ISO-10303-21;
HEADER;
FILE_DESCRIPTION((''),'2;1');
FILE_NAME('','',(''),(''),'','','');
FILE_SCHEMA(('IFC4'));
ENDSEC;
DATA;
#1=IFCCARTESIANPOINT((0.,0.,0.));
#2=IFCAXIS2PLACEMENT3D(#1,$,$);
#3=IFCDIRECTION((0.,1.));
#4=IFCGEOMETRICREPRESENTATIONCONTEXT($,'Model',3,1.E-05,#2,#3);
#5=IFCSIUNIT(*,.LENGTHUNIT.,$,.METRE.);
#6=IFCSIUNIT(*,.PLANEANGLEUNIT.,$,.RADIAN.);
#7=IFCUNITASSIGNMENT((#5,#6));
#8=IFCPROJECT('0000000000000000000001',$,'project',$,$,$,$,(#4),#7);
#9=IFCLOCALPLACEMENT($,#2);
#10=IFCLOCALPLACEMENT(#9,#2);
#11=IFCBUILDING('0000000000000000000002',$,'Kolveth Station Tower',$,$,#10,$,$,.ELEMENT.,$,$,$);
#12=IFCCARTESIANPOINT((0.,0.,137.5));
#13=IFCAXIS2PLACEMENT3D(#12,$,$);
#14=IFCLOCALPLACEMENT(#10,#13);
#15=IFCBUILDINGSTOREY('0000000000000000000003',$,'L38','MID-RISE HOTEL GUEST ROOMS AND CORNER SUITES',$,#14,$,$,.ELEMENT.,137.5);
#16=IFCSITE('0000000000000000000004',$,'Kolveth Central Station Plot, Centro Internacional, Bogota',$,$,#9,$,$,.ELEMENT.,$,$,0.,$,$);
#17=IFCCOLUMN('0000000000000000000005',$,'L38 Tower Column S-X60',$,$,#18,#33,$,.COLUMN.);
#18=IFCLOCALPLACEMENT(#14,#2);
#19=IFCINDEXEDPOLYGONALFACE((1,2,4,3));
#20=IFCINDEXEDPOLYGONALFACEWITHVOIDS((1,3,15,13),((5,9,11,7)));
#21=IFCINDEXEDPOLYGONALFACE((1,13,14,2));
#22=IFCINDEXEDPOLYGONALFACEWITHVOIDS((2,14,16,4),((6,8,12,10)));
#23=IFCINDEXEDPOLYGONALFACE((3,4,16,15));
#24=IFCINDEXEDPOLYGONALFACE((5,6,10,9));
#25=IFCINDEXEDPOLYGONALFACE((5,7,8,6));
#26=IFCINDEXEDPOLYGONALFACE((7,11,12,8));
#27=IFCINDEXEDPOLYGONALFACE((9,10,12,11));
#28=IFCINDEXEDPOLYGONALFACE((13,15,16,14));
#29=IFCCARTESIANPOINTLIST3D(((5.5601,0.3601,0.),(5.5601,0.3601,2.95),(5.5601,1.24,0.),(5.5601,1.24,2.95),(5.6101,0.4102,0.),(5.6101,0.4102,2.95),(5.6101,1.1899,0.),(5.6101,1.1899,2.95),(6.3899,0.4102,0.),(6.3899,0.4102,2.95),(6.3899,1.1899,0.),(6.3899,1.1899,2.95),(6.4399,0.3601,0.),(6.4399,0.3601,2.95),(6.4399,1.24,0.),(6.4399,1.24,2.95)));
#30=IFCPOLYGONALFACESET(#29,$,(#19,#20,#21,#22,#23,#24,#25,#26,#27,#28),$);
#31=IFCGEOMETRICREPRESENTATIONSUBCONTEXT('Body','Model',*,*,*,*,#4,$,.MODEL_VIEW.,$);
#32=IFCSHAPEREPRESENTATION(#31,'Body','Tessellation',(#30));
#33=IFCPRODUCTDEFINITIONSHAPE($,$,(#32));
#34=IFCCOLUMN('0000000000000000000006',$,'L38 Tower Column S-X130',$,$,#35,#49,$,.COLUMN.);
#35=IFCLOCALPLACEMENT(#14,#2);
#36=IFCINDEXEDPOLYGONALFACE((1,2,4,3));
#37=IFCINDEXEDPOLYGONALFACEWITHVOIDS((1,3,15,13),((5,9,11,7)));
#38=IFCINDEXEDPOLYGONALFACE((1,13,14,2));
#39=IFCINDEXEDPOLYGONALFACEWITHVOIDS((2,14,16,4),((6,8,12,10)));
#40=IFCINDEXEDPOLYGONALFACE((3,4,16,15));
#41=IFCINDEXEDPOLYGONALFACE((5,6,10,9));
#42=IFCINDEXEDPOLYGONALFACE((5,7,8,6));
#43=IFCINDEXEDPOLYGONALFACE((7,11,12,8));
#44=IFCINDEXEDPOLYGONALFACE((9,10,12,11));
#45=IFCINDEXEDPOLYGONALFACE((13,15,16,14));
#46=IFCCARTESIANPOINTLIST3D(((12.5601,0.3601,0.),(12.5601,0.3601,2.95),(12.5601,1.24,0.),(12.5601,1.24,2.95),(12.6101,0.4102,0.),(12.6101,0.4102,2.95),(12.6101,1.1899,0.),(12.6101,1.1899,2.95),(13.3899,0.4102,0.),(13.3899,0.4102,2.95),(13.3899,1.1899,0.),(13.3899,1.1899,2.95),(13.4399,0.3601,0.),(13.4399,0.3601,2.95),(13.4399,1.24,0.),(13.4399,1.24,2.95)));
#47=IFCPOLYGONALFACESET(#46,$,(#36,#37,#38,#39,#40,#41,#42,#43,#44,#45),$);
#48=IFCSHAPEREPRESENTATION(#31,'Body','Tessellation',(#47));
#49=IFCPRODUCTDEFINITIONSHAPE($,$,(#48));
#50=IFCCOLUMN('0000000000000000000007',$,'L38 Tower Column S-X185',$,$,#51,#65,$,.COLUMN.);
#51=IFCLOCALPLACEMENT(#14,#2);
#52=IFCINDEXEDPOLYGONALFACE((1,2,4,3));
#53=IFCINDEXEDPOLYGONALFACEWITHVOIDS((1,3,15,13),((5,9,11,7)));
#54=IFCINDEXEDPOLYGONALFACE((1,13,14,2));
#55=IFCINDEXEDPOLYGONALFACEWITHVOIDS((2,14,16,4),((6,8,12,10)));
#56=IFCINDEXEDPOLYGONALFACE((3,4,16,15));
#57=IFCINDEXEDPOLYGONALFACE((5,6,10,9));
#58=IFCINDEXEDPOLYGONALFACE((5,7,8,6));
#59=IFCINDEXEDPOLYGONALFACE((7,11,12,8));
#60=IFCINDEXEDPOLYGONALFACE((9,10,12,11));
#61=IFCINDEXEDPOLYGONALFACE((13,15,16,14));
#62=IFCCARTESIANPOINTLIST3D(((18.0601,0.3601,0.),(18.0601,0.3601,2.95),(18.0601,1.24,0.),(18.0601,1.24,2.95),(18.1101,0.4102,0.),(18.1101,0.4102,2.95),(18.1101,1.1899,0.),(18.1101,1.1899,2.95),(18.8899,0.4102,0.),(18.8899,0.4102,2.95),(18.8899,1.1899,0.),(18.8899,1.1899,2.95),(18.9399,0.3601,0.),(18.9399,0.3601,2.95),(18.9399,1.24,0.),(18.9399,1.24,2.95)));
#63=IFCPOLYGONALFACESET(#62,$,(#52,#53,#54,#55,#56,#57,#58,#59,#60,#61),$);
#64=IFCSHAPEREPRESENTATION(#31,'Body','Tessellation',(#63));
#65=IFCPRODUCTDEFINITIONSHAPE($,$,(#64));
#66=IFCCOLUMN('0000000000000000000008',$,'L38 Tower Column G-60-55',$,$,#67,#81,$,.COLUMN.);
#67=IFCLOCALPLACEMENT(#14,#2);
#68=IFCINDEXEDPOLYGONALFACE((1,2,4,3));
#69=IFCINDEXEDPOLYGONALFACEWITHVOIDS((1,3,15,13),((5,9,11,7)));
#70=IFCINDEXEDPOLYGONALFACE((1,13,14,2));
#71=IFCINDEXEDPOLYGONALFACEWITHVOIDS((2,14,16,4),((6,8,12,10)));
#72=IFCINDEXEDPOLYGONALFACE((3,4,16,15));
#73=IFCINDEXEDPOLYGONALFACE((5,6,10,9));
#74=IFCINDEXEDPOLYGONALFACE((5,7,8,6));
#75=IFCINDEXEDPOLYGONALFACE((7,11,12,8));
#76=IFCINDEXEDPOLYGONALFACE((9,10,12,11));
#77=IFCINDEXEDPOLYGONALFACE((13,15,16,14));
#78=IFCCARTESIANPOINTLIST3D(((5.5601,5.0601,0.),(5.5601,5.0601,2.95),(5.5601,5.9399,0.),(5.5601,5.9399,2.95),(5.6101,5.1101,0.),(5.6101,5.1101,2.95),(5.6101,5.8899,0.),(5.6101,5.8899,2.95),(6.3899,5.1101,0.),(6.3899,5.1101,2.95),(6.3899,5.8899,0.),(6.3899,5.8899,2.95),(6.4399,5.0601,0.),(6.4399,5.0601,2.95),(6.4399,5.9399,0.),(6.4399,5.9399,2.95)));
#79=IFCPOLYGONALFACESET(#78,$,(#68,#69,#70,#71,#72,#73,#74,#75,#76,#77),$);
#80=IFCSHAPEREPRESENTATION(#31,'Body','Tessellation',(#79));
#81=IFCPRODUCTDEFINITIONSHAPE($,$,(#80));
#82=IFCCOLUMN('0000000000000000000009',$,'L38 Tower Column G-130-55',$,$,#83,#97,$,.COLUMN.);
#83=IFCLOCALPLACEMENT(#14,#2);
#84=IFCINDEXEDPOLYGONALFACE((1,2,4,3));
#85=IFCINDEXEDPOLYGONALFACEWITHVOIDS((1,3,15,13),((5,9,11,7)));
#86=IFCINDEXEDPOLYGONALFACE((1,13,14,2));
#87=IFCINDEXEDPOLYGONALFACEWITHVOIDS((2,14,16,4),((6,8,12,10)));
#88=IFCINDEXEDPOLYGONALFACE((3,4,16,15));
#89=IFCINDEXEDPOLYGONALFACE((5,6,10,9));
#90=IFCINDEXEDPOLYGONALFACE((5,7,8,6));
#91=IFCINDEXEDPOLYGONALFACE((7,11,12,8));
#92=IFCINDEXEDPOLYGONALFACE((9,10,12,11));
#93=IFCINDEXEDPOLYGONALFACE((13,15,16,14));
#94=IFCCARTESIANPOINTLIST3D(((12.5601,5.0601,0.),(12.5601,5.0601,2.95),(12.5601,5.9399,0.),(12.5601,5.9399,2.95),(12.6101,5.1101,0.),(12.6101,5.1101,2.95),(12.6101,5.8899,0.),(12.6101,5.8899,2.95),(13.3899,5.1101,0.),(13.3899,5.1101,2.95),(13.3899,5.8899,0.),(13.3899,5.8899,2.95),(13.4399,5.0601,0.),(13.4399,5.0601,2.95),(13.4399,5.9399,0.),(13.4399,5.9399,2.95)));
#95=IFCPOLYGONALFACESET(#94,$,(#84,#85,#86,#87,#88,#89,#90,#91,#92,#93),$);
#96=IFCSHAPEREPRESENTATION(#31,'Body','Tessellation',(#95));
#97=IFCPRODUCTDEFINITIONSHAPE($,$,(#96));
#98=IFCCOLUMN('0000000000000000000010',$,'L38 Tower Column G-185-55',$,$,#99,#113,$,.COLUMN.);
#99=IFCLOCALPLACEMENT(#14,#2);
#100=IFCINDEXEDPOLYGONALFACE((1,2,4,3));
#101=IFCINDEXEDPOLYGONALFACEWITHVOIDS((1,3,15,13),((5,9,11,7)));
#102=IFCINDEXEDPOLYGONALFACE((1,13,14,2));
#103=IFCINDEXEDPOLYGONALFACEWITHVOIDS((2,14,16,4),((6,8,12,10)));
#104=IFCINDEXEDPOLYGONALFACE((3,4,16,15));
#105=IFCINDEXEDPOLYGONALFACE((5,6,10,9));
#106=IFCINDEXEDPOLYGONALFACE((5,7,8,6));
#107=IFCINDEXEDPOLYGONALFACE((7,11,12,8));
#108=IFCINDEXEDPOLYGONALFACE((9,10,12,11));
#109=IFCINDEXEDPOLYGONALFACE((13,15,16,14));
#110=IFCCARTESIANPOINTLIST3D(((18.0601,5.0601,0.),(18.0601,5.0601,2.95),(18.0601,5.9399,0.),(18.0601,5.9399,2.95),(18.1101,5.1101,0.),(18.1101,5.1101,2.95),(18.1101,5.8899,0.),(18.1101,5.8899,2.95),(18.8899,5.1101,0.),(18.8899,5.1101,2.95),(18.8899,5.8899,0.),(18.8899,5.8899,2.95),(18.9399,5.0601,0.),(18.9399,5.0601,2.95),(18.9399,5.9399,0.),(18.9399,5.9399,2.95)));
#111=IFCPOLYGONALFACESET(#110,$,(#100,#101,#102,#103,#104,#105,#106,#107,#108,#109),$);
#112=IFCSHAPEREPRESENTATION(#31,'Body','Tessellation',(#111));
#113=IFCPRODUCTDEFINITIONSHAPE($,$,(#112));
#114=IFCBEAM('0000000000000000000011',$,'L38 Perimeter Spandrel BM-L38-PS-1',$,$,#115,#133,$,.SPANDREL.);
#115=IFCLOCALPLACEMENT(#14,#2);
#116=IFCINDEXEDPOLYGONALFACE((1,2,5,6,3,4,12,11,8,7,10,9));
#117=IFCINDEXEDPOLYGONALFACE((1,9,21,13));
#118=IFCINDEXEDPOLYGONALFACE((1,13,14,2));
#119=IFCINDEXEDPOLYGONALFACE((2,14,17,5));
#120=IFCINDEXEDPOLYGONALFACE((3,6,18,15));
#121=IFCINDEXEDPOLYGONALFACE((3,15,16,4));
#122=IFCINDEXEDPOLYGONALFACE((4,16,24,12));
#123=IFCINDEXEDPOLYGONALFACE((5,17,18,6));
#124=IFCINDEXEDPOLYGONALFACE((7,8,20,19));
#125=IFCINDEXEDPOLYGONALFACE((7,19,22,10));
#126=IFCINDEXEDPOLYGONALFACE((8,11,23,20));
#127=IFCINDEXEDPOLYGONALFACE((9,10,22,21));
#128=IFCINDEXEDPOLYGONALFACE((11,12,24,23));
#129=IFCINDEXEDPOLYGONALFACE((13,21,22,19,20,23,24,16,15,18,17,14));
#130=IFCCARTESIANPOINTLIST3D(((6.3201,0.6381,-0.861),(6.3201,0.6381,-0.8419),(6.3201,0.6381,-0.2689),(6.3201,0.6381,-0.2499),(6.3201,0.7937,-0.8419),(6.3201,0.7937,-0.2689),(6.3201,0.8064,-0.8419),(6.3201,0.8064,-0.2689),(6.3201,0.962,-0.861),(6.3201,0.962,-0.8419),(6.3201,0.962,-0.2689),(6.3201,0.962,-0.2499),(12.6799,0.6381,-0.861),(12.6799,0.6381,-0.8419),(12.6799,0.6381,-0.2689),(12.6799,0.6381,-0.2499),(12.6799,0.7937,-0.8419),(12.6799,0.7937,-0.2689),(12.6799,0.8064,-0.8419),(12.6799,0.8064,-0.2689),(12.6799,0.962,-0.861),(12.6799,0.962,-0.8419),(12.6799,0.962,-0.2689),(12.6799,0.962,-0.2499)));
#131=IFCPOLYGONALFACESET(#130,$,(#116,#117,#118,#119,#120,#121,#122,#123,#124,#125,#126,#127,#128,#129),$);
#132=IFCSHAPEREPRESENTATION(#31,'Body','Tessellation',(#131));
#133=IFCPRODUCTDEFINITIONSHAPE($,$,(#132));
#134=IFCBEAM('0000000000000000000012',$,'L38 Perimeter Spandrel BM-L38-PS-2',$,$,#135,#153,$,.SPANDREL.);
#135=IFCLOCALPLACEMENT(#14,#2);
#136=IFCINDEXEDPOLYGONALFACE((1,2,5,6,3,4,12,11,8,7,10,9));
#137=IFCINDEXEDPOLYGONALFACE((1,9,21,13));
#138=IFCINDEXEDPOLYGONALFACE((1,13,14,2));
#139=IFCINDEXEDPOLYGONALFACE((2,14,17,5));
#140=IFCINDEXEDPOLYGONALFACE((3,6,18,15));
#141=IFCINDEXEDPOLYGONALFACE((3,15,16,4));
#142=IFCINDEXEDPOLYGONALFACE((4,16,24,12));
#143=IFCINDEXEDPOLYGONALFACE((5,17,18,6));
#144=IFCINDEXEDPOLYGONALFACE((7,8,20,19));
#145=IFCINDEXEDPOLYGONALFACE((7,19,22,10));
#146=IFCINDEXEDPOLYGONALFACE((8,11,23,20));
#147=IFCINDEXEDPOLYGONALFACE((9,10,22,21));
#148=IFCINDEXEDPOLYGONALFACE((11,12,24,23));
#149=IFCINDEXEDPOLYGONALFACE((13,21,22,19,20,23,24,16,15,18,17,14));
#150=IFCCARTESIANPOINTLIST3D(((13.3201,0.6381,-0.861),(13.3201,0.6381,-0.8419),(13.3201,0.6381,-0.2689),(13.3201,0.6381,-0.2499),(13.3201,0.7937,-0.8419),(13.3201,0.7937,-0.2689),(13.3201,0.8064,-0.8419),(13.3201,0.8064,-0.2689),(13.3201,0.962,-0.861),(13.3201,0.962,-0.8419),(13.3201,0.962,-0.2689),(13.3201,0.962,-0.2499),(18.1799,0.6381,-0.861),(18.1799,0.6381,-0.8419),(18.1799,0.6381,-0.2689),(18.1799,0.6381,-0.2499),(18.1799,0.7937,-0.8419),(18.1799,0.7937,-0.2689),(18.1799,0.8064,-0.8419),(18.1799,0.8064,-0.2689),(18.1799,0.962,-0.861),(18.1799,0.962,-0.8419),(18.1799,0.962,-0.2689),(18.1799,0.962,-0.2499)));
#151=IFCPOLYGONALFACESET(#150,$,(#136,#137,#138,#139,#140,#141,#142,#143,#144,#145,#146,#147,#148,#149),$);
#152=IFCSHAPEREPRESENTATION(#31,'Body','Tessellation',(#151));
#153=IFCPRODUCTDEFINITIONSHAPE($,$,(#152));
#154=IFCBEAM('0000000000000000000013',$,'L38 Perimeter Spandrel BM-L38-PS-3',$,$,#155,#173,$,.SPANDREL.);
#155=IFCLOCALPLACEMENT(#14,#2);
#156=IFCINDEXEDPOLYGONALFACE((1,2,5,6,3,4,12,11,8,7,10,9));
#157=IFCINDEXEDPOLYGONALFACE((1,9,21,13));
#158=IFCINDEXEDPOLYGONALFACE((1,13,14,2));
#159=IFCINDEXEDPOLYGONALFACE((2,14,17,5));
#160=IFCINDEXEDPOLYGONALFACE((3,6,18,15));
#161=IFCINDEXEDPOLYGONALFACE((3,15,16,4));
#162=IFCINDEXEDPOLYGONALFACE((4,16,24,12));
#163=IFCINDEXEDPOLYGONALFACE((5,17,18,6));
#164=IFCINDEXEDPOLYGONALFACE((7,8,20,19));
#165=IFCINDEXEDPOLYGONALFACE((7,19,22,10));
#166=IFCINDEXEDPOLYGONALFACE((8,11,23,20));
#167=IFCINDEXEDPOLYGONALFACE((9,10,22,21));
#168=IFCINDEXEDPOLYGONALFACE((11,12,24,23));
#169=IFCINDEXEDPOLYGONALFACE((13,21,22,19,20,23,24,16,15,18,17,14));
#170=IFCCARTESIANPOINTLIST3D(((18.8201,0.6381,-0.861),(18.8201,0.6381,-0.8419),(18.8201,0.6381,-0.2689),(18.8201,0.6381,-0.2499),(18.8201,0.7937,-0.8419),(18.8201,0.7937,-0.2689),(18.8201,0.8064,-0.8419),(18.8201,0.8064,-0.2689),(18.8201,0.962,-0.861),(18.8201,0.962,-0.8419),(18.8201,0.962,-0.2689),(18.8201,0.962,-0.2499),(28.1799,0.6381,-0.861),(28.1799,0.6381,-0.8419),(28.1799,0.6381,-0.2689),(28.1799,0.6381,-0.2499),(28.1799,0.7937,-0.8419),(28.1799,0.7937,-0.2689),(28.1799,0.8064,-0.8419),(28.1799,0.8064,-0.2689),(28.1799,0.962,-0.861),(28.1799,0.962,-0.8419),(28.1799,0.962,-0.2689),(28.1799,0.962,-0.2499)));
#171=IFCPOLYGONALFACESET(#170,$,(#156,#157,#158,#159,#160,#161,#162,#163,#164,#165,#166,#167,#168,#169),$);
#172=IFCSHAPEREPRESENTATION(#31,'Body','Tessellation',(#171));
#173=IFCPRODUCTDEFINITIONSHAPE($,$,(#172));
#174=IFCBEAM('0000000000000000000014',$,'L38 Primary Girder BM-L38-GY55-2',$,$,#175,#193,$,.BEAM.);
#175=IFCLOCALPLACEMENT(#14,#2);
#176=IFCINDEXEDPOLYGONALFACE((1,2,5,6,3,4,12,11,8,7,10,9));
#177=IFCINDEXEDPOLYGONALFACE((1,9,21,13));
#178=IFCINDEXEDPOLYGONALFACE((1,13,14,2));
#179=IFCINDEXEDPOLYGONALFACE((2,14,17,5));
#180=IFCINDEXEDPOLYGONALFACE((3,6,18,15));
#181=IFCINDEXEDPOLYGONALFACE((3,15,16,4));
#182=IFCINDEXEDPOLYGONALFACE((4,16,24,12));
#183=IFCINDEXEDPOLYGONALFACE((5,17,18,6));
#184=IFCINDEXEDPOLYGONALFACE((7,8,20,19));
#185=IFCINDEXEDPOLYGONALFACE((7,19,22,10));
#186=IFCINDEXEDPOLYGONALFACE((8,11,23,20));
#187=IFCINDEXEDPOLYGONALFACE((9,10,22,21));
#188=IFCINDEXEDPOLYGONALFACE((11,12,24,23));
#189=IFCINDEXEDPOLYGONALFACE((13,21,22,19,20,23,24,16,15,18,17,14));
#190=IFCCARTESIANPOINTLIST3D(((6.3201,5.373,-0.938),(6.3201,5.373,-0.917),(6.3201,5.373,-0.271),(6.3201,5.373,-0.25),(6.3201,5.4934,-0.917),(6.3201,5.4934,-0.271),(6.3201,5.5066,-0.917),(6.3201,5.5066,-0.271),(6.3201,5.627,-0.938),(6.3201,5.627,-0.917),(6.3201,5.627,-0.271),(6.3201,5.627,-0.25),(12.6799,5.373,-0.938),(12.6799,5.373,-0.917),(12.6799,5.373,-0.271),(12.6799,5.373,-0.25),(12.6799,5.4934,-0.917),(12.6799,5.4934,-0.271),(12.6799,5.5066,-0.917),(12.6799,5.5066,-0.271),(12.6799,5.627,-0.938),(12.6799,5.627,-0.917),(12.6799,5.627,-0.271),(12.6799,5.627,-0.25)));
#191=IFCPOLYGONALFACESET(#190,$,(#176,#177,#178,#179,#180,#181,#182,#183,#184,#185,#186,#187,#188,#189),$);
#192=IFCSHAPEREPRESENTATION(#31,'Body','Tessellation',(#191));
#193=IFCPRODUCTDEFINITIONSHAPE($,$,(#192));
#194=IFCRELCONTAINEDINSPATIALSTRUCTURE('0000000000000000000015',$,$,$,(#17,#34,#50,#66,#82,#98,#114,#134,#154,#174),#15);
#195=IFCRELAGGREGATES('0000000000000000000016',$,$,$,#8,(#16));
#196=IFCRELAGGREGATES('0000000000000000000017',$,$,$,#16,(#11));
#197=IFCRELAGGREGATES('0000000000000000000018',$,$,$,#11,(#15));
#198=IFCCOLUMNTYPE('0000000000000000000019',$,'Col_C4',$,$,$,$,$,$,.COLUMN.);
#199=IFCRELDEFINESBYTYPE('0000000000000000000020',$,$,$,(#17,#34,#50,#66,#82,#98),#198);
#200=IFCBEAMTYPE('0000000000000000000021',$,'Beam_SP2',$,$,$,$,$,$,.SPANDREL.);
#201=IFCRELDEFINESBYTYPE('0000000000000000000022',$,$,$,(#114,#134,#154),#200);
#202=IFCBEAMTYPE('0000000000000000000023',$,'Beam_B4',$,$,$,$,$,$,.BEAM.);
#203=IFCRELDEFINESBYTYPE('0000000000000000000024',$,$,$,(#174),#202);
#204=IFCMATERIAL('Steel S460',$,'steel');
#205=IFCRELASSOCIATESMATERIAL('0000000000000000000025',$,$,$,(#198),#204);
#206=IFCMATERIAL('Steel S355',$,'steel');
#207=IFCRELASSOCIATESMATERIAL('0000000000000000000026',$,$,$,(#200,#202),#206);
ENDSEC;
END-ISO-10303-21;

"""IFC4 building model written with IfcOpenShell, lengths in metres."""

from ifc_helpers import new_model, si_unit, direction, frame, origin, origin_2d, place, context, subcontext, project, spatial, hollow_rectangle, i_section, extrude, source, transform, mapped, material, material_profile, profile_set, type_object, element, save


model = new_model("IFC4")

# Units and contexts
model_context = context("Model", 3, precision=1e-05, world=origin(), true_north=direction((0.0, 1.0)))
body_context = subcontext(model_context, "Body", "Model", "MODEL_VIEW")
ifc_project = project(units=[si_unit("LENGTHUNIT", "METRE"), si_unit("PLANEANGLEUNIT", "RADIAN")], contexts=[model_context])

# Site, building, storey
site_placement = place(None, origin())
site = spatial("IfcSite", under=ifc_project, at=site_placement, Name="Kolveth Central Station Plot, Centro Internacional, Bogota", CompositionType="ELEMENT", RefElevation=0.0)
building_placement = place(site_placement, origin())
building = spatial("IfcBuilding", under=site, at=building_placement, Name="Kolveth Station Tower", CompositionType="ELEMENT")
storey_placement = place(building_placement, frame((0.0, 0.0, 137.5)))
storey = spatial("IfcBuildingStorey", under=building, at=storey_placement, Name="L38", Description="MID-RISE HOTEL GUEST ROOMS AND CORNER SUITES", CompositionType="ELEMENT", Elevation=137.5)

# Columns
ifc_material_1 = material(Name="Steel S460", Category="steel")
ifc_material_profile_1 = material_profile(ifc_material_1, hollow_rectangle(XDim=0.8799, YDim=0.8799, WallThickness=0.05, at=origin_2d()), Name="BOX880x880x50")
ifc_profile_set_1 = profile_set([ifc_material_profile_1], Name="Steel S460")
column_type = type_object("IfcColumnType", Name="Col_C4", PredefinedType="COLUMN", material=ifc_profile_set_1)
shared_shape_1 = source(origin(), body_context, "Body", "SweptSolid", [
    extrude(hollow_rectangle(XDim=0.8799, YDim=0.8799, WallThickness=0.05, at=origin_2d()), origin(), (0.0, 0.0, 1.0), 2.95),
])
for number, where, z_axis, x_axis, name in (
    (1, (6.0, 0.8, 0.0), (0.0, 0.0, 1.0), (1.0, 0.0, 0.0), "L38 Tower Column S-X60"),
    (2, (13.0, 0.8, 0.0), (0.0, 0.0, 1.0), (1.0, 0.0, 0.0), "L38 Tower Column S-X130"),
    (3, (18.5, 0.8, 0.0), (0.0, 0.0, 1.0), (1.0, 0.0, 0.0), "L38 Tower Column S-X185"),
    (4, (6.0, 5.5, 0.0), (0.0, 0.0, 1.0), (1.0, 0.0, 0.0), "L38 Tower Column G-60-55"),
    (5, (13.0, 5.5, 0.0), (0.0, 0.0, 1.0), (1.0, 0.0, 0.0), "L38 Tower Column G-130-55"),
    (6, (18.5, 5.5, 0.0), (0.0, 0.0, 1.0), (1.0, 0.0, 0.0), "L38 Tower Column G-185-55"),
):
    element("IfcColumn", number, at=place(storey_placement, frame(where, z_axis=z_axis, x_axis=x_axis)), inside=storey, type_object=column_type, Name=name, PredefinedType="COLUMN", context=body_context, shape_type="MappedRepresentation", body=[
        mapped(shared_shape_1, transform((0.0, 0.0, 0.0), x_axis=(1.0, 0.0, 0.0), y_axis=(0.0, 1.0, 0.0), z_axis=(0.0, 0.0, 1.0), scale=1.0)),
    ])

# Beams
ifc_material_2 = material(Name="Steel S355", Category="steel")
ifc_material_profile_2 = material_profile(ifc_material_2, i_section(OverallWidth=0.324, OverallDepth=0.6111, WebThickness=0.0127, FlangeThickness=0.019, at=origin_2d()), Name="W610x155")
ifc_profile_set_2 = profile_set([ifc_material_profile_2], Name="Steel S355")
beam_type_1 = type_object("IfcBeamType", Name="Beam_SP2", PredefinedType="SPANDREL", material=ifc_profile_set_2)
shared_shape_2 = source(origin(), body_context, "Body", "SweptSolid", [
    extrude(i_section(OverallWidth=0.324, OverallDepth=0.6111, WebThickness=0.0127, FlangeThickness=0.019, at=origin_2d()), origin(), (0.0, 0.0, 1.0), 6.3599),
])
beam_1_placement = place(storey_placement, frame((6.3201, 0.8, -0.5554), z_axis=(1.0, 0.0, 0.0), x_axis=(0.0, 1.0, 0.0)))
element("IfcBeam", 7, at=beam_1_placement, inside=storey, type_object=beam_type_1, Name="L38 Perimeter Spandrel BM-L38-PS-1", PredefinedType="SPANDREL", context=body_context, shape_type="MappedRepresentation", body=[
    mapped(shared_shape_2, transform((0.0, 0.0, 0.0), x_axis=(1.0, 0.0, 0.0), y_axis=(0.0, 1.0, 0.0), z_axis=(0.0, 0.0, 1.0), scale=1.0)),
])
shared_shape_3 = source(origin(), body_context, "Body", "SweptSolid", [
    extrude(i_section(OverallWidth=0.324, OverallDepth=0.6111, WebThickness=0.0127, FlangeThickness=0.019, at=origin_2d()), origin(), (0.0, 0.0, 1.0), 4.8599),
])
beam_2_placement = place(storey_placement, frame((13.3201, 0.8, -0.5554), z_axis=(1.0, 0.0, 0.0), x_axis=(0.0, 1.0, 0.0)))
element("IfcBeam", 8, at=beam_2_placement, inside=storey, type_object=beam_type_1, Name="L38 Perimeter Spandrel BM-L38-PS-2", PredefinedType="SPANDREL", context=body_context, shape_type="MappedRepresentation", body=[
    mapped(shared_shape_3, transform((0.0, 0.0, 0.0), x_axis=(1.0, 0.0, 0.0), y_axis=(0.0, 1.0, 0.0), z_axis=(0.0, 0.0, 1.0), scale=1.0)),
])
shared_shape_4 = source(origin(), body_context, "Body", "SweptSolid", [
    extrude(i_section(OverallWidth=0.324, OverallDepth=0.6111, WebThickness=0.0127, FlangeThickness=0.019, at=origin_2d()), origin(), (0.0, 0.0, 1.0), 9.3599),
])
beam_3_placement = place(storey_placement, frame((18.8201, 0.8, -0.5554), z_axis=(1.0, 0.0, 0.0), x_axis=(0.0, 1.0, 0.0)))
element("IfcBeam", 9, at=beam_3_placement, inside=storey, type_object=beam_type_1, Name="L38 Perimeter Spandrel BM-L38-PS-3", PredefinedType="SPANDREL", context=body_context, shape_type="MappedRepresentation", body=[
    mapped(shared_shape_4, transform((0.0, 0.0, 0.0), x_axis=(1.0, 0.0, 0.0), y_axis=(0.0, 1.0, 0.0), z_axis=(0.0, 0.0, 1.0), scale=1.0)),
])
ifc_material_profile_3 = material_profile(ifc_material_2, i_section(OverallWidth=0.2539, OverallDepth=0.688, WebThickness=0.0132, FlangeThickness=0.021, at=origin_2d()), Name="W690x152")
ifc_profile_set_3 = profile_set([ifc_material_profile_3], Name="Steel S355")
beam_type_2 = type_object("IfcBeamType", Name="Beam_B4", PredefinedType="BEAM", material=ifc_profile_set_3)
shared_shape_5 = source(origin(), body_context, "Body", "SweptSolid", [
    extrude(i_section(OverallWidth=0.2539, OverallDepth=0.688, WebThickness=0.0132, FlangeThickness=0.021, at=origin_2d()), origin(), (0.0, 0.0, 1.0), 6.3599),
])
beam_4_placement = place(storey_placement, frame((6.3201, 5.5, -0.594), z_axis=(1.0, 0.0, 0.0), x_axis=(0.0, 1.0, 0.0)))
element("IfcBeam", 10, at=beam_4_placement, inside=storey, type_object=beam_type_2, Name="L38 Primary Girder BM-L38-GY55-2", PredefinedType="BEAM", context=body_context, shape_type="MappedRepresentation", body=[
    mapped(shared_shape_5, transform((0.0, 0.0, 0.0), x_axis=(1.0, 0.0, 0.0), y_axis=(0.0, 1.0, 0.0), z_axis=(0.0, 0.0, 1.0), scale=1.0)),
])

save(model, "model.ifc")
